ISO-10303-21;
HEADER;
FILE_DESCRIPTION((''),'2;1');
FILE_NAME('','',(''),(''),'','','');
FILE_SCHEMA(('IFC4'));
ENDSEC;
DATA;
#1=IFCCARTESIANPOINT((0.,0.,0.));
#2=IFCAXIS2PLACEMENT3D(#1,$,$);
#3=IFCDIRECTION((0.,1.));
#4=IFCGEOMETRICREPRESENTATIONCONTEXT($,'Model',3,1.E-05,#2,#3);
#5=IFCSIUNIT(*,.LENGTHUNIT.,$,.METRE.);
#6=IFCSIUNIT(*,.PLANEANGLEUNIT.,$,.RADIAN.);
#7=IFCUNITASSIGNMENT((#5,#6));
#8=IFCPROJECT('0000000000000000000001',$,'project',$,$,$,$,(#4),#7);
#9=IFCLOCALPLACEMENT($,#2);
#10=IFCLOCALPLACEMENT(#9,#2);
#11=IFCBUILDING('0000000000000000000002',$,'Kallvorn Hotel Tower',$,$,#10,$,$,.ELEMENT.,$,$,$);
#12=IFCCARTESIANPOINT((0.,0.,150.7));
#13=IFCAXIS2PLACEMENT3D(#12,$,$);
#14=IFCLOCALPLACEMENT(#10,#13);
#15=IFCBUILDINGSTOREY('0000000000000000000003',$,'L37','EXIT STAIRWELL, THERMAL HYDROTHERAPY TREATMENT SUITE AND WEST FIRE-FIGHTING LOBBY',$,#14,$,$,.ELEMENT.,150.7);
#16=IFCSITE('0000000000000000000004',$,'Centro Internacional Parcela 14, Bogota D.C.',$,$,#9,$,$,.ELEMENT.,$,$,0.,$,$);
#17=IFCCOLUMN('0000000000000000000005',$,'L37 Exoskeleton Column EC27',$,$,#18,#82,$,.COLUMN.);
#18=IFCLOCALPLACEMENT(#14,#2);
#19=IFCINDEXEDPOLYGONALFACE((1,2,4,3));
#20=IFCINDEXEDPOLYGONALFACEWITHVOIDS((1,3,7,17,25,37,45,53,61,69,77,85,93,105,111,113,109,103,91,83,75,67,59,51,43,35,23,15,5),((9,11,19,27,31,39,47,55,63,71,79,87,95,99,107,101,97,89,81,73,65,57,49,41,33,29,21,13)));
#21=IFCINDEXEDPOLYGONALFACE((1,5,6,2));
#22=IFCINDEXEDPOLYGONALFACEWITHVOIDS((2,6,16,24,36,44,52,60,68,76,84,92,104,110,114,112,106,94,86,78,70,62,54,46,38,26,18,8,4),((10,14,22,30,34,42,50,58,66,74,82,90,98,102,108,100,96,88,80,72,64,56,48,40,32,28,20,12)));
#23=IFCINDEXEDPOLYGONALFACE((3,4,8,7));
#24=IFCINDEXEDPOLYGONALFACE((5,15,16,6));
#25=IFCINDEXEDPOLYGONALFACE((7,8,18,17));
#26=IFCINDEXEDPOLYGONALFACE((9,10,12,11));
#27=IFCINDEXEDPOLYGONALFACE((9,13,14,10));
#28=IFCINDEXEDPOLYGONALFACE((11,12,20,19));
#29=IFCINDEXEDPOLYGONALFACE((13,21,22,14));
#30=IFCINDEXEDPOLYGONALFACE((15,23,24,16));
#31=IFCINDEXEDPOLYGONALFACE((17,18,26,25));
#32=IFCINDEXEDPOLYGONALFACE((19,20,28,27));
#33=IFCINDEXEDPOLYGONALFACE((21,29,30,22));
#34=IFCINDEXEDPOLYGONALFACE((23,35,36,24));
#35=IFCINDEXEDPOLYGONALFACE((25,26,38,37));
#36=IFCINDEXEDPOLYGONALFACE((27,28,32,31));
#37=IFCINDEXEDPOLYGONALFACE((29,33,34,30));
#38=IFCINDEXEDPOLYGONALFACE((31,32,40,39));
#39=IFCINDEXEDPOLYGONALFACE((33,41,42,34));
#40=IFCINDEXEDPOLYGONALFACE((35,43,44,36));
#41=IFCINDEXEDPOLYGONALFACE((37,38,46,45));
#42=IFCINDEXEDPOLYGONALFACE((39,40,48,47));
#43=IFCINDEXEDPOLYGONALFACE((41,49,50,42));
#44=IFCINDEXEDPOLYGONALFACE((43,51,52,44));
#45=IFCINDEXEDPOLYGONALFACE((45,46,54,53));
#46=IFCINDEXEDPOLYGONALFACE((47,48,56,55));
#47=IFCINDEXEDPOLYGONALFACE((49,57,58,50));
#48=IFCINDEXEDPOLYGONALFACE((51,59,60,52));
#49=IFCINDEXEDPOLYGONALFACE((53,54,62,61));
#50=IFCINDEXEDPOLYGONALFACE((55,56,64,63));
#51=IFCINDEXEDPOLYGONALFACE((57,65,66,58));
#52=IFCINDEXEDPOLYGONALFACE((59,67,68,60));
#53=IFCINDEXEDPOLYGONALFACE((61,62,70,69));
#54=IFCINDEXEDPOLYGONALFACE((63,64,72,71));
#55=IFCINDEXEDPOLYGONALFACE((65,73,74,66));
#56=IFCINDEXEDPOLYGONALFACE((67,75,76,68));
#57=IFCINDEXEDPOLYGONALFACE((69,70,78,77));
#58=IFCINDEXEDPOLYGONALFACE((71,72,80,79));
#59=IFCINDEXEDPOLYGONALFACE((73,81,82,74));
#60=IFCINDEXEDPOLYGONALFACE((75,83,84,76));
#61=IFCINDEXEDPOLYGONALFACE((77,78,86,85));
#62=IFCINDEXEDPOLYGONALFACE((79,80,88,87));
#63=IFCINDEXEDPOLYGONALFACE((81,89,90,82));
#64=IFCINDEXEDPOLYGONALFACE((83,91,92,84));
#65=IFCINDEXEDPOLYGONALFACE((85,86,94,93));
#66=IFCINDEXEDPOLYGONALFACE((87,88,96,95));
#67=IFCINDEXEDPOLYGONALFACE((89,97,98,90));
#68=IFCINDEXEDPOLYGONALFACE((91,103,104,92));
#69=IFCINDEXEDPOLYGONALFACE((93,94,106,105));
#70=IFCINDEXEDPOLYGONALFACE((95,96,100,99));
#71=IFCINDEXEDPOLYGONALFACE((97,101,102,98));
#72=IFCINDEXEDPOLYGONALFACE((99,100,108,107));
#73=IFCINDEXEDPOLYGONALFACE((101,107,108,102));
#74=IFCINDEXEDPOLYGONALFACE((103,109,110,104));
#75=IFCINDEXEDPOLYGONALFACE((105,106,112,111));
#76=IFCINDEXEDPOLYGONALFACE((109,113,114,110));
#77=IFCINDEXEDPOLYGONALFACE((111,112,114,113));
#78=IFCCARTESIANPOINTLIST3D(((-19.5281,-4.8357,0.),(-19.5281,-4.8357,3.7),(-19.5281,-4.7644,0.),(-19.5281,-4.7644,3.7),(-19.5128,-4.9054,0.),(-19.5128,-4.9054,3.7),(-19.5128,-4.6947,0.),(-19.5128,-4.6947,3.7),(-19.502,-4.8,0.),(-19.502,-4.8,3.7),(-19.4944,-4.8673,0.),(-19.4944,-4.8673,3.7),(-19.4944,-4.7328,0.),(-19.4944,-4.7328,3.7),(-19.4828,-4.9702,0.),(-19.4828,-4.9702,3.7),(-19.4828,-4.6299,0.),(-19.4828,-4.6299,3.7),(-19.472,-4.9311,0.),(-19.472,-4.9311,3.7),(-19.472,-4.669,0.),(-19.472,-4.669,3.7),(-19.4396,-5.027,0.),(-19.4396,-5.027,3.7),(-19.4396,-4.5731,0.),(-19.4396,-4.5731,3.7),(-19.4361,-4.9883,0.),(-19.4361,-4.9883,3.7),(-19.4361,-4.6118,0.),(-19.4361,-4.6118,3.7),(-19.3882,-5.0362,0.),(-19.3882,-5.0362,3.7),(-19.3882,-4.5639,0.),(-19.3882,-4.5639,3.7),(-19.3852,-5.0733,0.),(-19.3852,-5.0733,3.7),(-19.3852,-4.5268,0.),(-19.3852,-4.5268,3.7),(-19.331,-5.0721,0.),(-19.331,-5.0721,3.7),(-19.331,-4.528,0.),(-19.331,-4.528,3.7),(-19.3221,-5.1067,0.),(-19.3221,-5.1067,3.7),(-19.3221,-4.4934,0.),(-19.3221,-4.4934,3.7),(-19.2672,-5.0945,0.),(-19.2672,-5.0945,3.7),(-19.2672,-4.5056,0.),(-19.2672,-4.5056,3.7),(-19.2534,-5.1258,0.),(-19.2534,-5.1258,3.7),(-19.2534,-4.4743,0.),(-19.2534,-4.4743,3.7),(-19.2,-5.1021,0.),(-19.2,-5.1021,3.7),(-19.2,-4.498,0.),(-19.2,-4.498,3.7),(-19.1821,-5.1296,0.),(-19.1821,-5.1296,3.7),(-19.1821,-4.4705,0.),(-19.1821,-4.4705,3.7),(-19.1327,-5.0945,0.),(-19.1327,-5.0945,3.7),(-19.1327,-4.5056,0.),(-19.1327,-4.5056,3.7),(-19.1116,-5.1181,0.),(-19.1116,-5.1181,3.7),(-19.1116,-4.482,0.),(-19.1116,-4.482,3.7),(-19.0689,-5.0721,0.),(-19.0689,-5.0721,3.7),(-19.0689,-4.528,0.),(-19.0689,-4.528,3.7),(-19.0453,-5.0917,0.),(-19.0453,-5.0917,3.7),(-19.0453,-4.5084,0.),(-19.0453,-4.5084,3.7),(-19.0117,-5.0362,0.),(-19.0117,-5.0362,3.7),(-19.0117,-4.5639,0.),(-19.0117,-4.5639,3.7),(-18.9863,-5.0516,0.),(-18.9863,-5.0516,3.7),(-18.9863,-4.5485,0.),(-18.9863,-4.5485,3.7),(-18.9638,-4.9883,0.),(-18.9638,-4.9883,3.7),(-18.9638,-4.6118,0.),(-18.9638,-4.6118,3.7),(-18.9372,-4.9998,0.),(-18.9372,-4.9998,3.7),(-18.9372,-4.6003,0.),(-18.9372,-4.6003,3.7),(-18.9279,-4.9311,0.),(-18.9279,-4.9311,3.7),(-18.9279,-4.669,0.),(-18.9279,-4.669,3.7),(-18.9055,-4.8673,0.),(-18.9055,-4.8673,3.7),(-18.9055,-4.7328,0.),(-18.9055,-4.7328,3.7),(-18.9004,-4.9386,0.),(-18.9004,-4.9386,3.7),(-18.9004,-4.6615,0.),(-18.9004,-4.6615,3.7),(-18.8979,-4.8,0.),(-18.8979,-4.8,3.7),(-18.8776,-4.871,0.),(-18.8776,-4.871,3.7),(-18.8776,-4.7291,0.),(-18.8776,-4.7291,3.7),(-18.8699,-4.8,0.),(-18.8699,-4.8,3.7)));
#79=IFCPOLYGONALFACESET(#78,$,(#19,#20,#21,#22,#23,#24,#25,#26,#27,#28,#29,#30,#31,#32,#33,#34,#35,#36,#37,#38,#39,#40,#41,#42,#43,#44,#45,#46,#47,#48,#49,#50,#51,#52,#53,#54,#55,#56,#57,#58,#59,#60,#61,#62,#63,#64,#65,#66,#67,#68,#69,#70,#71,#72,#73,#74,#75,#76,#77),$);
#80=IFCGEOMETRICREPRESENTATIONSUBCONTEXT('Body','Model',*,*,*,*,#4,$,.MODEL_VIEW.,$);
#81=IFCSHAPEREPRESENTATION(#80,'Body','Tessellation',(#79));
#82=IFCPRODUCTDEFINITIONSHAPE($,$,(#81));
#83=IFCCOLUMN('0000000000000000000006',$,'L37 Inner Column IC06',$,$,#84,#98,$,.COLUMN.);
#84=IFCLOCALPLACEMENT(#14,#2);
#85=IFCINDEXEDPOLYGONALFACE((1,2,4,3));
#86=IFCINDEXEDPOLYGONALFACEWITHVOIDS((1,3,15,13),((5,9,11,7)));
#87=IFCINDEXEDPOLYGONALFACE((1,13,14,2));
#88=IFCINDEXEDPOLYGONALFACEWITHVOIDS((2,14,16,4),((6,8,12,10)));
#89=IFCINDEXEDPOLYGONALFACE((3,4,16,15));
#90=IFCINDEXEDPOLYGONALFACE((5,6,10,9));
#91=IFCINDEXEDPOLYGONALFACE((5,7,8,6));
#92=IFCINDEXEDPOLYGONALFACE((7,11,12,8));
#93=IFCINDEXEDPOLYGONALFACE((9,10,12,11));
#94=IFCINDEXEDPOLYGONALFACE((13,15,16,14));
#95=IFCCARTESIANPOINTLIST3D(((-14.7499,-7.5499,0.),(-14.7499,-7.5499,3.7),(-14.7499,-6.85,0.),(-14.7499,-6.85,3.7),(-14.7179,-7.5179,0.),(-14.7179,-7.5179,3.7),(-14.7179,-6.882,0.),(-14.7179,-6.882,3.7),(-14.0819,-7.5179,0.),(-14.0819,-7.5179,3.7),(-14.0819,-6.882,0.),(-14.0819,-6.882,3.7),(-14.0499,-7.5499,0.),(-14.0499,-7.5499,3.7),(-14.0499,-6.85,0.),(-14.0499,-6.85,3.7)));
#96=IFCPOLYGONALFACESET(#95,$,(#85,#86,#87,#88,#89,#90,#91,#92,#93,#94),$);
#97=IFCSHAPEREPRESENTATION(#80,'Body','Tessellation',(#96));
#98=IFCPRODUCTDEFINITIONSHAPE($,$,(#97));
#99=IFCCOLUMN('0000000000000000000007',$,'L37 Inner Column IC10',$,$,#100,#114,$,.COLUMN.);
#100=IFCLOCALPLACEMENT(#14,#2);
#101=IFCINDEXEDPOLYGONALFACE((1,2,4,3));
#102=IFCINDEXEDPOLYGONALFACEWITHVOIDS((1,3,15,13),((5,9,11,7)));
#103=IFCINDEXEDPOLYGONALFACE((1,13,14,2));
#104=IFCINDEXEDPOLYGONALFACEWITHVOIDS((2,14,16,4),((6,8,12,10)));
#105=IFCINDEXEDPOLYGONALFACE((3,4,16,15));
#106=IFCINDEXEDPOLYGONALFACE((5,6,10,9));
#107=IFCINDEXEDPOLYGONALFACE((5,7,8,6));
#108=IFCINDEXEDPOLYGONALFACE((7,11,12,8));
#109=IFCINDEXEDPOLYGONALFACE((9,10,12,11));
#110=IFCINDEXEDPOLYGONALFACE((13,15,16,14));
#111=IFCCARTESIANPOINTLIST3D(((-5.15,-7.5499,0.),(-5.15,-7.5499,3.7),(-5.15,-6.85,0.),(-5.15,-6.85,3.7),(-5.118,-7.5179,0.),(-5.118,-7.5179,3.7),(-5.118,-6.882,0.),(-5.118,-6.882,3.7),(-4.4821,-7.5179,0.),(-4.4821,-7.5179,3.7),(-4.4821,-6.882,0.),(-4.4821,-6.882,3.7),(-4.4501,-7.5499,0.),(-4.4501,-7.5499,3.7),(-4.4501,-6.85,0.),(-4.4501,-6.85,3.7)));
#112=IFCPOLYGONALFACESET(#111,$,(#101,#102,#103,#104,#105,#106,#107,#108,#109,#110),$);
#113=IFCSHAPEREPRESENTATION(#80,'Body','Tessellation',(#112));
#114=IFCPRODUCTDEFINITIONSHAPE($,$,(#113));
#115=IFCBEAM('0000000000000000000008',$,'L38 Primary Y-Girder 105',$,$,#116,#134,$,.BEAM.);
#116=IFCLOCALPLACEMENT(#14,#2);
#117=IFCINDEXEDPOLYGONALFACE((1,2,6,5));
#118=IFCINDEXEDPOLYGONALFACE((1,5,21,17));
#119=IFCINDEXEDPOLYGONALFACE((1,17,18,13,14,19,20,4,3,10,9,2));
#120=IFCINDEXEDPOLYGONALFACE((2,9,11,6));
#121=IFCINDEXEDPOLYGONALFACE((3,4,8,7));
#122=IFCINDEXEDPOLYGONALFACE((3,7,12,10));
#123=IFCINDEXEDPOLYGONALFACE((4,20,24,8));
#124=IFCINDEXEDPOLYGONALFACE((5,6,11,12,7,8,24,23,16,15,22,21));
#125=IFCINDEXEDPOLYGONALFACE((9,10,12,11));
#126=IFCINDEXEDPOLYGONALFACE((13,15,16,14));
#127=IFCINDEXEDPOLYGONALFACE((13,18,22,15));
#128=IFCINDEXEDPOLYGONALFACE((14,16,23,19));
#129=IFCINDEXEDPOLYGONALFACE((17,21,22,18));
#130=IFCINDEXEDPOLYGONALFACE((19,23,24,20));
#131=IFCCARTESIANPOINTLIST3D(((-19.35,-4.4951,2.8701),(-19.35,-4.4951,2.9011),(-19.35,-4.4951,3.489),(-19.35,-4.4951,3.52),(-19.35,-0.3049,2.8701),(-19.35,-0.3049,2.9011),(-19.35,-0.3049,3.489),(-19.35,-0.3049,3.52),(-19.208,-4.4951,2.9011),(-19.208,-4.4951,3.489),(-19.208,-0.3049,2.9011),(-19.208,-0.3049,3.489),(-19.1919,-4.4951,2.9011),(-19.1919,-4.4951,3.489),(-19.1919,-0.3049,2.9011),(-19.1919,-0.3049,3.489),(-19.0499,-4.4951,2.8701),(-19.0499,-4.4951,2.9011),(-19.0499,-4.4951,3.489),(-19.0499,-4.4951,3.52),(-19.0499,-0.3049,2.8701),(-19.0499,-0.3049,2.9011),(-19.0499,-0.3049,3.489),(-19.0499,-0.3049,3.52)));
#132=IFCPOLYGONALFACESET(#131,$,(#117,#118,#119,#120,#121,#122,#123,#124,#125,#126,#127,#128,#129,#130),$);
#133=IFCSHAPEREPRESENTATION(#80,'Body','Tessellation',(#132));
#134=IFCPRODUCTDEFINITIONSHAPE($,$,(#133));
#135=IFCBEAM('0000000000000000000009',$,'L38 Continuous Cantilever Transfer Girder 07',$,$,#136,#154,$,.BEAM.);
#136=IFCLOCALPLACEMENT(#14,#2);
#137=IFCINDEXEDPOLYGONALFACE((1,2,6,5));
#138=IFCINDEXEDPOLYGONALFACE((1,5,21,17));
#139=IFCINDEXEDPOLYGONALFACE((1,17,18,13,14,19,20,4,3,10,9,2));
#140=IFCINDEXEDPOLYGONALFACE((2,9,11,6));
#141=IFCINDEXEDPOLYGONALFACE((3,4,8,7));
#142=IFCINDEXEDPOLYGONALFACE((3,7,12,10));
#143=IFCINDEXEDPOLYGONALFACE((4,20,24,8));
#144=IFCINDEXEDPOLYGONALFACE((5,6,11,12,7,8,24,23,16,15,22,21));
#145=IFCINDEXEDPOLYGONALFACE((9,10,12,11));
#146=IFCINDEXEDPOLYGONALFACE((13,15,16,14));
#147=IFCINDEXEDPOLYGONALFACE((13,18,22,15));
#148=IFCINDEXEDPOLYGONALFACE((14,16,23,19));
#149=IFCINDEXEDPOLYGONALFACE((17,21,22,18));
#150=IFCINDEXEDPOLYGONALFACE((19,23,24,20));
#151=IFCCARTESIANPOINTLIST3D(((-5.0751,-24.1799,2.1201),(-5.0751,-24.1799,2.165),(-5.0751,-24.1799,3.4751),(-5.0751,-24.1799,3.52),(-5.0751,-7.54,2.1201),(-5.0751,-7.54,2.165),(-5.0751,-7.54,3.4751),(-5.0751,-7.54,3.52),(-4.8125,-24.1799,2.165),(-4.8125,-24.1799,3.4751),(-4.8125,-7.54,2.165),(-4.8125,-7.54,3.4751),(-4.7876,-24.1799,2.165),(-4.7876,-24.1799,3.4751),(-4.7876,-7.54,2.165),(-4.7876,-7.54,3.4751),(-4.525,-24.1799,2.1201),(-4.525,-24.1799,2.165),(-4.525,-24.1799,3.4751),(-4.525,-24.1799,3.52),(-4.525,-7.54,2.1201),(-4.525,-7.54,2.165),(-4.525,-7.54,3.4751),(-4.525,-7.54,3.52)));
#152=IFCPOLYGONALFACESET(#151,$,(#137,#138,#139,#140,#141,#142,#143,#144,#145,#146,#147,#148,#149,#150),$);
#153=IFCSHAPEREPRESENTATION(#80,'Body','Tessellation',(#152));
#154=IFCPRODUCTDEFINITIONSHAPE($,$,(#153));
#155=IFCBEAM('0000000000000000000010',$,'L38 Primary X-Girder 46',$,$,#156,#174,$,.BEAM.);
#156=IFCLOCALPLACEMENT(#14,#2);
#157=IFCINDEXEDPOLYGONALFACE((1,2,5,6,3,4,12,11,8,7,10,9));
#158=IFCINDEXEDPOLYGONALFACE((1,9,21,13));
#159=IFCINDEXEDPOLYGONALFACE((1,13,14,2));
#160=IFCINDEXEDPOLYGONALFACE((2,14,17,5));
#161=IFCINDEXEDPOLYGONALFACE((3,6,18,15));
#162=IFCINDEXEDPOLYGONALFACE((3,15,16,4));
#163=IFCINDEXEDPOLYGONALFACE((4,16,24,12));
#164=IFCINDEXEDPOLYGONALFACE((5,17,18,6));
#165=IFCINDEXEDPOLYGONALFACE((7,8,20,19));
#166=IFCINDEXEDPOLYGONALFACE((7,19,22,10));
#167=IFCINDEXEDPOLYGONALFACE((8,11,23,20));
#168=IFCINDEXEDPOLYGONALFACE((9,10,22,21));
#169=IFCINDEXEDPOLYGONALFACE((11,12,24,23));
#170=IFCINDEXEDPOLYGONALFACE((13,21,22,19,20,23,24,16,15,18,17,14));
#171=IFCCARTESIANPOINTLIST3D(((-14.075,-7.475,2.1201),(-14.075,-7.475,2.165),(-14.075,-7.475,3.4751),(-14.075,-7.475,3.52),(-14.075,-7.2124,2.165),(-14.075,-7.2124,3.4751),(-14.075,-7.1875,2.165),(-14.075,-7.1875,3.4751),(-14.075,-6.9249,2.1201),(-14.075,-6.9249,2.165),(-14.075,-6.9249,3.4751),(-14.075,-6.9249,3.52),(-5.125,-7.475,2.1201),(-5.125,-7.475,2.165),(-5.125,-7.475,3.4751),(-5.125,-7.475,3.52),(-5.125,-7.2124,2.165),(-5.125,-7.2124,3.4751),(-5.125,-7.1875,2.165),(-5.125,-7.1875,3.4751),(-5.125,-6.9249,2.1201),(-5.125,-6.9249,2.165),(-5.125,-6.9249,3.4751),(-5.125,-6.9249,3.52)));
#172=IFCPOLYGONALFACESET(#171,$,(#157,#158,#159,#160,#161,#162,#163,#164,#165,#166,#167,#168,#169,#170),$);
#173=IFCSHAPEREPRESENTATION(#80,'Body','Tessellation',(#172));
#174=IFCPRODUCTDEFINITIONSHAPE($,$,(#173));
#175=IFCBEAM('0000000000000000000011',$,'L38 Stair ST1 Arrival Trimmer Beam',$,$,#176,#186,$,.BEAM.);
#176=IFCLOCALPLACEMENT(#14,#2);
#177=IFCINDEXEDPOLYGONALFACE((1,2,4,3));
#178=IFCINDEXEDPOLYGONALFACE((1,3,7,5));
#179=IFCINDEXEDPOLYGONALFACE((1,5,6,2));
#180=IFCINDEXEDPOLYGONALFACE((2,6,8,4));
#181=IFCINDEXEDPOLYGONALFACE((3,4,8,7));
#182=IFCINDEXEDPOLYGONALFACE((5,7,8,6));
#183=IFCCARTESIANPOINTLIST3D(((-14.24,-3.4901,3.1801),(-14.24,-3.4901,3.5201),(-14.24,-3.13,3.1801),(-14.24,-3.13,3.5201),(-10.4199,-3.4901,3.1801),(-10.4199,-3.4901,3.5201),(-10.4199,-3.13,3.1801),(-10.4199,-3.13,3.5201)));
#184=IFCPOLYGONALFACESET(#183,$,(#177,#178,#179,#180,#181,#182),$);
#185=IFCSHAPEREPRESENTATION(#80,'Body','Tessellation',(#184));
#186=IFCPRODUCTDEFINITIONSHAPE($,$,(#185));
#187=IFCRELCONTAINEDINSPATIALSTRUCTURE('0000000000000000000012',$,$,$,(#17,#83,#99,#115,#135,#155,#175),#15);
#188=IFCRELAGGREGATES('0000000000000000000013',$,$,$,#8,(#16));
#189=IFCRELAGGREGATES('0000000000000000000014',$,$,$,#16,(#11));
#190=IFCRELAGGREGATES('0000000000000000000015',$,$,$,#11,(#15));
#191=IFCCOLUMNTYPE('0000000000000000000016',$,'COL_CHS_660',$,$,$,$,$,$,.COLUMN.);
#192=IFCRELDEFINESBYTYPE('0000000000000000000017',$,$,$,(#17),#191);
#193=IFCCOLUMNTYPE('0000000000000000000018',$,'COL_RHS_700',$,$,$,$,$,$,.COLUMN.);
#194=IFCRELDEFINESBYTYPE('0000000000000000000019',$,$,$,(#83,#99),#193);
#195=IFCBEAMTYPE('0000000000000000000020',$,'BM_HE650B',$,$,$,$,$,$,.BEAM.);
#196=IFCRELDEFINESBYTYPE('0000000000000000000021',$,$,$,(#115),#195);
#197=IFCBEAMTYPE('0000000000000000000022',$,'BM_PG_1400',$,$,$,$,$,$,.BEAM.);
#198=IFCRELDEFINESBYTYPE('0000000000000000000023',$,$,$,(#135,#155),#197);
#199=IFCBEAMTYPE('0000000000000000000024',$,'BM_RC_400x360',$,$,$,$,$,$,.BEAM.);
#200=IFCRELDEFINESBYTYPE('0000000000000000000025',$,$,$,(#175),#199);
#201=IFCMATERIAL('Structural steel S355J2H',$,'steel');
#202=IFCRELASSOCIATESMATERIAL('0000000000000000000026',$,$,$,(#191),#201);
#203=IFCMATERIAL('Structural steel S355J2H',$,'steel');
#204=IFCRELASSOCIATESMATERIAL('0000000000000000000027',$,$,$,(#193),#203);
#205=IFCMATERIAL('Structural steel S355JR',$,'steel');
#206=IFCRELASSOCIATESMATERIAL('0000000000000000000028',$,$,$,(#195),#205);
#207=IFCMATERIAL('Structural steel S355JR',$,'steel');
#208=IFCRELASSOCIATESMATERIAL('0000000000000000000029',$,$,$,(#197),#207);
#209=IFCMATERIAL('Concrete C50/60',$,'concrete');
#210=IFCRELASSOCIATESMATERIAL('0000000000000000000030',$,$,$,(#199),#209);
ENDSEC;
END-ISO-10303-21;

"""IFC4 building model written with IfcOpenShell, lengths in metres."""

from ifc_helpers import new_model, si_unit, direction, frame, origin, origin_2d, place, context, subcontext, project, spatial, rectangle, hollow_rectangle, hollow_circle, i_section, extrude, material, material_profile, profile_set, type_object, element, save


model = new_model("IFC4")

# Units and contexts
model_context = context("Model", 3, precision=1e-05, world=origin(), true_north=direction((0.0, 1.0)))
body_context = subcontext(model_context, "Body", "Model", "MODEL_VIEW")
ifc_project = project(units=[si_unit("LENGTHUNIT", "METRE"), si_unit("PLANEANGLEUNIT", "RADIAN")], contexts=[model_context])

# Site, building, storey
site_placement = place(None, origin())
site = spatial("IfcSite", under=ifc_project, at=site_placement, Name="Centro Internacional Parcela 14, Bogota D.C.", CompositionType="ELEMENT", RefElevation=0.0)
building_placement = place(site_placement, origin())
building = spatial("IfcBuilding", under=site, at=building_placement, Name="Kallvorn Hotel Tower", CompositionType="ELEMENT")
storey_placement = place(building_placement, frame((0.0, 0.0, 150.7)))
storey = spatial("IfcBuildingStorey", under=building, at=storey_placement, Name="L37", Description="EXIT STAIRWELL, THERMAL HYDROTHERAPY TREATMENT SUITE AND WEST FIRE-FIGHTING LOBBY", CompositionType="ELEMENT", Elevation=150.7)

# Columns
ifc_material_1 = material(Name="Structural steel S355J2H", Category="steel")
ifc_material_profile_1 = material_profile(ifc_material_1, hollow_circle(Radius=0.3301, WallThickness=0.0281, at=origin_2d()), Name="CHS 660x28")
ifc_profile_set_1 = profile_set([ifc_material_profile_1], Name="Structural steel S355J2H")
column_type_1 = type_object("IfcColumnType", Name="COL_CHS_660", PredefinedType="COLUMN", material=ifc_profile_set_1)
column_placement = place(storey_placement, frame((-19.2, -4.8, 0.0), z_axis=(0.0, 0.0, 1.0), x_axis=(1.0, 0.0, 0.0)))
element("IfcColumn", 1, at=column_placement, inside=storey, type_object=column_type_1, Name="L37 Exoskeleton Column EC27", PredefinedType="COLUMN", context=body_context, shape_type="SweptSolid", body=[
    extrude(hollow_circle(Radius=0.3301, WallThickness=0.0281, at=origin_2d()), origin(), (0.0, 0.0, 1.0), 3.7),
])
ifc_material_2 = material(Name="Structural steel S355J2H", Category="steel")
ifc_material_profile_2 = material_profile(ifc_material_2, hollow_rectangle(XDim=0.7, YDim=0.7, WallThickness=0.032, at=origin_2d()), Name="RHS 700x700x32")
ifc_profile_set_2 = profile_set([ifc_material_profile_2], Name="Structural steel S355J2H")
column_type_2 = type_object("IfcColumnType", Name="COL_RHS_700", PredefinedType="COLUMN", material=ifc_profile_set_2)
for number, where, z_axis, x_axis, name in (
    (2, (-14.3999, -7.2, 0.0), (0.0, 0.0, 1.0), (1.0, 0.0, 0.0), "L37 Inner Column IC06"),
    (3, (-4.8, -7.2, 0.0), (0.0, 0.0, 1.0), (1.0, 0.0, 0.0), "L37 Inner Column IC10"),
):
    element("IfcColumn", number, at=place(storey_placement, frame(where, z_axis=z_axis, x_axis=x_axis)), inside=storey, type_object=column_type_2, Name=name, PredefinedType="COLUMN", context=body_context, shape_type="SweptSolid", body=[
        extrude(hollow_rectangle(XDim=0.7, YDim=0.7, WallThickness=0.032, at=origin_2d()), origin(), (0.0, 0.0, 1.0), 3.7),
    ])

# Beams
ifc_material_3 = material(Name="Structural steel S355JR", Category="steel")
ifc_material_profile_3 = material_profile(ifc_material_3, i_section(OverallWidth=0.3, OverallDepth=0.6499, WebThickness=0.0161, FlangeThickness=0.031, at=origin_2d()), Name="HE 650 B")
ifc_profile_set_3 = profile_set([ifc_material_profile_3], Name="Structural steel S355JR")
beam_type_1 = type_object("IfcBeamType", Name="BM_HE650B", PredefinedType="BEAM", material=ifc_profile_set_3)
beam_1_placement = place(storey_placement, frame((-19.2, -4.4951, 3.1951), z_axis=(0.0, 1.0, 0.0), x_axis=(-1.0, 0.0, 0.0)))
element("IfcBeam", 4, at=beam_1_placement, inside=storey, type_object=beam_type_1, Name="L38 Primary Y-Girder 105", PredefinedType="BEAM", context=body_context, shape_type="SweptSolid", body=[
    extrude(i_section(OverallWidth=0.3, OverallDepth=0.6499, WebThickness=0.0161, FlangeThickness=0.031, at=origin_2d()), origin(), (0.0, 0.0, 1.0), 4.1902),
])
ifc_material_4 = material(Name="Structural steel S355JR", Category="steel")
ifc_material_profile_4 = material_profile(ifc_material_4, i_section(OverallWidth=0.55, OverallDepth=1.3999, WebThickness=0.0249, FlangeThickness=0.0449, at=origin_2d()), Name="PG 1400x550x25x45")
ifc_profile_set_4 = profile_set([ifc_material_profile_4], Name="Structural steel S355JR")
beam_type_2 = type_object("IfcBeamType", Name="BM_PG_1400", PredefinedType="BEAM", material=ifc_profile_set_4)
beam_2_placement = place(storey_placement, frame((-4.8, -7.54, 2.8201), z_axis=(0.0, -1.0, 0.0), x_axis=(1.0, 0.0, 0.0)))
element("IfcBeam", 5, at=beam_2_placement, inside=storey, type_object=beam_type_2, Name="L38 Continuous Cantilever Transfer Girder 07", PredefinedType="BEAM", context=body_context, shape_type="SweptSolid", body=[
    extrude(i_section(OverallWidth=0.55, OverallDepth=1.3999, WebThickness=0.0249, FlangeThickness=0.0449, at=origin_2d()), origin(), (0.0, 0.0, 1.0), 16.6399),
])
beam_3_placement = place(storey_placement, frame((-14.075, -7.2, 2.8201), z_axis=(1.0, 0.0, 0.0), x_axis=(0.0, 1.0, 0.0)))
element("IfcBeam", 6, at=beam_3_placement, inside=storey, type_object=beam_type_2, Name="L38 Primary X-Girder 46", PredefinedType="BEAM", context=body_context, shape_type="SweptSolid", body=[
    extrude(i_section(OverallWidth=0.55, OverallDepth=1.3999, WebThickness=0.0249, FlangeThickness=0.0449, at=origin_2d()), origin(), (0.0, 0.0, 1.0), 8.95),
])
ifc_material_5 = material(Name="Concrete C50/60", Category="concrete")
ifc_material_profile_5 = material_profile(ifc_material_5, rectangle(XDim=0.3601, YDim=0.3401, at=origin_2d()), Name="RC 360x340")
ifc_profile_set_5 = profile_set([ifc_material_profile_5], Name="Concrete C50/60")
beam_type_3 = type_object("IfcBeamType", Name="BM_RC_400x360", PredefinedType="BEAM", material=ifc_profile_set_5)
beam_4_placement = place(storey_placement, frame((-10.4199, -3.3101, 3.3501), z_axis=(-1.0, 0.0, 0.0), x_axis=(0.0, -1.0, 0.0)))
element("IfcBeam", 7, at=beam_4_placement, inside=storey, type_object=beam_type_3, Name="L38 Stair ST1 Arrival Trimmer Beam", PredefinedType="BEAM", context=body_context, shape_type="SweptSolid", body=[
    extrude(rectangle(XDim=0.3601, YDim=0.3401, at=origin_2d()), origin(), (0.0, 0.0, 1.0), 3.8201),
])

save(model, "model.ifc")
